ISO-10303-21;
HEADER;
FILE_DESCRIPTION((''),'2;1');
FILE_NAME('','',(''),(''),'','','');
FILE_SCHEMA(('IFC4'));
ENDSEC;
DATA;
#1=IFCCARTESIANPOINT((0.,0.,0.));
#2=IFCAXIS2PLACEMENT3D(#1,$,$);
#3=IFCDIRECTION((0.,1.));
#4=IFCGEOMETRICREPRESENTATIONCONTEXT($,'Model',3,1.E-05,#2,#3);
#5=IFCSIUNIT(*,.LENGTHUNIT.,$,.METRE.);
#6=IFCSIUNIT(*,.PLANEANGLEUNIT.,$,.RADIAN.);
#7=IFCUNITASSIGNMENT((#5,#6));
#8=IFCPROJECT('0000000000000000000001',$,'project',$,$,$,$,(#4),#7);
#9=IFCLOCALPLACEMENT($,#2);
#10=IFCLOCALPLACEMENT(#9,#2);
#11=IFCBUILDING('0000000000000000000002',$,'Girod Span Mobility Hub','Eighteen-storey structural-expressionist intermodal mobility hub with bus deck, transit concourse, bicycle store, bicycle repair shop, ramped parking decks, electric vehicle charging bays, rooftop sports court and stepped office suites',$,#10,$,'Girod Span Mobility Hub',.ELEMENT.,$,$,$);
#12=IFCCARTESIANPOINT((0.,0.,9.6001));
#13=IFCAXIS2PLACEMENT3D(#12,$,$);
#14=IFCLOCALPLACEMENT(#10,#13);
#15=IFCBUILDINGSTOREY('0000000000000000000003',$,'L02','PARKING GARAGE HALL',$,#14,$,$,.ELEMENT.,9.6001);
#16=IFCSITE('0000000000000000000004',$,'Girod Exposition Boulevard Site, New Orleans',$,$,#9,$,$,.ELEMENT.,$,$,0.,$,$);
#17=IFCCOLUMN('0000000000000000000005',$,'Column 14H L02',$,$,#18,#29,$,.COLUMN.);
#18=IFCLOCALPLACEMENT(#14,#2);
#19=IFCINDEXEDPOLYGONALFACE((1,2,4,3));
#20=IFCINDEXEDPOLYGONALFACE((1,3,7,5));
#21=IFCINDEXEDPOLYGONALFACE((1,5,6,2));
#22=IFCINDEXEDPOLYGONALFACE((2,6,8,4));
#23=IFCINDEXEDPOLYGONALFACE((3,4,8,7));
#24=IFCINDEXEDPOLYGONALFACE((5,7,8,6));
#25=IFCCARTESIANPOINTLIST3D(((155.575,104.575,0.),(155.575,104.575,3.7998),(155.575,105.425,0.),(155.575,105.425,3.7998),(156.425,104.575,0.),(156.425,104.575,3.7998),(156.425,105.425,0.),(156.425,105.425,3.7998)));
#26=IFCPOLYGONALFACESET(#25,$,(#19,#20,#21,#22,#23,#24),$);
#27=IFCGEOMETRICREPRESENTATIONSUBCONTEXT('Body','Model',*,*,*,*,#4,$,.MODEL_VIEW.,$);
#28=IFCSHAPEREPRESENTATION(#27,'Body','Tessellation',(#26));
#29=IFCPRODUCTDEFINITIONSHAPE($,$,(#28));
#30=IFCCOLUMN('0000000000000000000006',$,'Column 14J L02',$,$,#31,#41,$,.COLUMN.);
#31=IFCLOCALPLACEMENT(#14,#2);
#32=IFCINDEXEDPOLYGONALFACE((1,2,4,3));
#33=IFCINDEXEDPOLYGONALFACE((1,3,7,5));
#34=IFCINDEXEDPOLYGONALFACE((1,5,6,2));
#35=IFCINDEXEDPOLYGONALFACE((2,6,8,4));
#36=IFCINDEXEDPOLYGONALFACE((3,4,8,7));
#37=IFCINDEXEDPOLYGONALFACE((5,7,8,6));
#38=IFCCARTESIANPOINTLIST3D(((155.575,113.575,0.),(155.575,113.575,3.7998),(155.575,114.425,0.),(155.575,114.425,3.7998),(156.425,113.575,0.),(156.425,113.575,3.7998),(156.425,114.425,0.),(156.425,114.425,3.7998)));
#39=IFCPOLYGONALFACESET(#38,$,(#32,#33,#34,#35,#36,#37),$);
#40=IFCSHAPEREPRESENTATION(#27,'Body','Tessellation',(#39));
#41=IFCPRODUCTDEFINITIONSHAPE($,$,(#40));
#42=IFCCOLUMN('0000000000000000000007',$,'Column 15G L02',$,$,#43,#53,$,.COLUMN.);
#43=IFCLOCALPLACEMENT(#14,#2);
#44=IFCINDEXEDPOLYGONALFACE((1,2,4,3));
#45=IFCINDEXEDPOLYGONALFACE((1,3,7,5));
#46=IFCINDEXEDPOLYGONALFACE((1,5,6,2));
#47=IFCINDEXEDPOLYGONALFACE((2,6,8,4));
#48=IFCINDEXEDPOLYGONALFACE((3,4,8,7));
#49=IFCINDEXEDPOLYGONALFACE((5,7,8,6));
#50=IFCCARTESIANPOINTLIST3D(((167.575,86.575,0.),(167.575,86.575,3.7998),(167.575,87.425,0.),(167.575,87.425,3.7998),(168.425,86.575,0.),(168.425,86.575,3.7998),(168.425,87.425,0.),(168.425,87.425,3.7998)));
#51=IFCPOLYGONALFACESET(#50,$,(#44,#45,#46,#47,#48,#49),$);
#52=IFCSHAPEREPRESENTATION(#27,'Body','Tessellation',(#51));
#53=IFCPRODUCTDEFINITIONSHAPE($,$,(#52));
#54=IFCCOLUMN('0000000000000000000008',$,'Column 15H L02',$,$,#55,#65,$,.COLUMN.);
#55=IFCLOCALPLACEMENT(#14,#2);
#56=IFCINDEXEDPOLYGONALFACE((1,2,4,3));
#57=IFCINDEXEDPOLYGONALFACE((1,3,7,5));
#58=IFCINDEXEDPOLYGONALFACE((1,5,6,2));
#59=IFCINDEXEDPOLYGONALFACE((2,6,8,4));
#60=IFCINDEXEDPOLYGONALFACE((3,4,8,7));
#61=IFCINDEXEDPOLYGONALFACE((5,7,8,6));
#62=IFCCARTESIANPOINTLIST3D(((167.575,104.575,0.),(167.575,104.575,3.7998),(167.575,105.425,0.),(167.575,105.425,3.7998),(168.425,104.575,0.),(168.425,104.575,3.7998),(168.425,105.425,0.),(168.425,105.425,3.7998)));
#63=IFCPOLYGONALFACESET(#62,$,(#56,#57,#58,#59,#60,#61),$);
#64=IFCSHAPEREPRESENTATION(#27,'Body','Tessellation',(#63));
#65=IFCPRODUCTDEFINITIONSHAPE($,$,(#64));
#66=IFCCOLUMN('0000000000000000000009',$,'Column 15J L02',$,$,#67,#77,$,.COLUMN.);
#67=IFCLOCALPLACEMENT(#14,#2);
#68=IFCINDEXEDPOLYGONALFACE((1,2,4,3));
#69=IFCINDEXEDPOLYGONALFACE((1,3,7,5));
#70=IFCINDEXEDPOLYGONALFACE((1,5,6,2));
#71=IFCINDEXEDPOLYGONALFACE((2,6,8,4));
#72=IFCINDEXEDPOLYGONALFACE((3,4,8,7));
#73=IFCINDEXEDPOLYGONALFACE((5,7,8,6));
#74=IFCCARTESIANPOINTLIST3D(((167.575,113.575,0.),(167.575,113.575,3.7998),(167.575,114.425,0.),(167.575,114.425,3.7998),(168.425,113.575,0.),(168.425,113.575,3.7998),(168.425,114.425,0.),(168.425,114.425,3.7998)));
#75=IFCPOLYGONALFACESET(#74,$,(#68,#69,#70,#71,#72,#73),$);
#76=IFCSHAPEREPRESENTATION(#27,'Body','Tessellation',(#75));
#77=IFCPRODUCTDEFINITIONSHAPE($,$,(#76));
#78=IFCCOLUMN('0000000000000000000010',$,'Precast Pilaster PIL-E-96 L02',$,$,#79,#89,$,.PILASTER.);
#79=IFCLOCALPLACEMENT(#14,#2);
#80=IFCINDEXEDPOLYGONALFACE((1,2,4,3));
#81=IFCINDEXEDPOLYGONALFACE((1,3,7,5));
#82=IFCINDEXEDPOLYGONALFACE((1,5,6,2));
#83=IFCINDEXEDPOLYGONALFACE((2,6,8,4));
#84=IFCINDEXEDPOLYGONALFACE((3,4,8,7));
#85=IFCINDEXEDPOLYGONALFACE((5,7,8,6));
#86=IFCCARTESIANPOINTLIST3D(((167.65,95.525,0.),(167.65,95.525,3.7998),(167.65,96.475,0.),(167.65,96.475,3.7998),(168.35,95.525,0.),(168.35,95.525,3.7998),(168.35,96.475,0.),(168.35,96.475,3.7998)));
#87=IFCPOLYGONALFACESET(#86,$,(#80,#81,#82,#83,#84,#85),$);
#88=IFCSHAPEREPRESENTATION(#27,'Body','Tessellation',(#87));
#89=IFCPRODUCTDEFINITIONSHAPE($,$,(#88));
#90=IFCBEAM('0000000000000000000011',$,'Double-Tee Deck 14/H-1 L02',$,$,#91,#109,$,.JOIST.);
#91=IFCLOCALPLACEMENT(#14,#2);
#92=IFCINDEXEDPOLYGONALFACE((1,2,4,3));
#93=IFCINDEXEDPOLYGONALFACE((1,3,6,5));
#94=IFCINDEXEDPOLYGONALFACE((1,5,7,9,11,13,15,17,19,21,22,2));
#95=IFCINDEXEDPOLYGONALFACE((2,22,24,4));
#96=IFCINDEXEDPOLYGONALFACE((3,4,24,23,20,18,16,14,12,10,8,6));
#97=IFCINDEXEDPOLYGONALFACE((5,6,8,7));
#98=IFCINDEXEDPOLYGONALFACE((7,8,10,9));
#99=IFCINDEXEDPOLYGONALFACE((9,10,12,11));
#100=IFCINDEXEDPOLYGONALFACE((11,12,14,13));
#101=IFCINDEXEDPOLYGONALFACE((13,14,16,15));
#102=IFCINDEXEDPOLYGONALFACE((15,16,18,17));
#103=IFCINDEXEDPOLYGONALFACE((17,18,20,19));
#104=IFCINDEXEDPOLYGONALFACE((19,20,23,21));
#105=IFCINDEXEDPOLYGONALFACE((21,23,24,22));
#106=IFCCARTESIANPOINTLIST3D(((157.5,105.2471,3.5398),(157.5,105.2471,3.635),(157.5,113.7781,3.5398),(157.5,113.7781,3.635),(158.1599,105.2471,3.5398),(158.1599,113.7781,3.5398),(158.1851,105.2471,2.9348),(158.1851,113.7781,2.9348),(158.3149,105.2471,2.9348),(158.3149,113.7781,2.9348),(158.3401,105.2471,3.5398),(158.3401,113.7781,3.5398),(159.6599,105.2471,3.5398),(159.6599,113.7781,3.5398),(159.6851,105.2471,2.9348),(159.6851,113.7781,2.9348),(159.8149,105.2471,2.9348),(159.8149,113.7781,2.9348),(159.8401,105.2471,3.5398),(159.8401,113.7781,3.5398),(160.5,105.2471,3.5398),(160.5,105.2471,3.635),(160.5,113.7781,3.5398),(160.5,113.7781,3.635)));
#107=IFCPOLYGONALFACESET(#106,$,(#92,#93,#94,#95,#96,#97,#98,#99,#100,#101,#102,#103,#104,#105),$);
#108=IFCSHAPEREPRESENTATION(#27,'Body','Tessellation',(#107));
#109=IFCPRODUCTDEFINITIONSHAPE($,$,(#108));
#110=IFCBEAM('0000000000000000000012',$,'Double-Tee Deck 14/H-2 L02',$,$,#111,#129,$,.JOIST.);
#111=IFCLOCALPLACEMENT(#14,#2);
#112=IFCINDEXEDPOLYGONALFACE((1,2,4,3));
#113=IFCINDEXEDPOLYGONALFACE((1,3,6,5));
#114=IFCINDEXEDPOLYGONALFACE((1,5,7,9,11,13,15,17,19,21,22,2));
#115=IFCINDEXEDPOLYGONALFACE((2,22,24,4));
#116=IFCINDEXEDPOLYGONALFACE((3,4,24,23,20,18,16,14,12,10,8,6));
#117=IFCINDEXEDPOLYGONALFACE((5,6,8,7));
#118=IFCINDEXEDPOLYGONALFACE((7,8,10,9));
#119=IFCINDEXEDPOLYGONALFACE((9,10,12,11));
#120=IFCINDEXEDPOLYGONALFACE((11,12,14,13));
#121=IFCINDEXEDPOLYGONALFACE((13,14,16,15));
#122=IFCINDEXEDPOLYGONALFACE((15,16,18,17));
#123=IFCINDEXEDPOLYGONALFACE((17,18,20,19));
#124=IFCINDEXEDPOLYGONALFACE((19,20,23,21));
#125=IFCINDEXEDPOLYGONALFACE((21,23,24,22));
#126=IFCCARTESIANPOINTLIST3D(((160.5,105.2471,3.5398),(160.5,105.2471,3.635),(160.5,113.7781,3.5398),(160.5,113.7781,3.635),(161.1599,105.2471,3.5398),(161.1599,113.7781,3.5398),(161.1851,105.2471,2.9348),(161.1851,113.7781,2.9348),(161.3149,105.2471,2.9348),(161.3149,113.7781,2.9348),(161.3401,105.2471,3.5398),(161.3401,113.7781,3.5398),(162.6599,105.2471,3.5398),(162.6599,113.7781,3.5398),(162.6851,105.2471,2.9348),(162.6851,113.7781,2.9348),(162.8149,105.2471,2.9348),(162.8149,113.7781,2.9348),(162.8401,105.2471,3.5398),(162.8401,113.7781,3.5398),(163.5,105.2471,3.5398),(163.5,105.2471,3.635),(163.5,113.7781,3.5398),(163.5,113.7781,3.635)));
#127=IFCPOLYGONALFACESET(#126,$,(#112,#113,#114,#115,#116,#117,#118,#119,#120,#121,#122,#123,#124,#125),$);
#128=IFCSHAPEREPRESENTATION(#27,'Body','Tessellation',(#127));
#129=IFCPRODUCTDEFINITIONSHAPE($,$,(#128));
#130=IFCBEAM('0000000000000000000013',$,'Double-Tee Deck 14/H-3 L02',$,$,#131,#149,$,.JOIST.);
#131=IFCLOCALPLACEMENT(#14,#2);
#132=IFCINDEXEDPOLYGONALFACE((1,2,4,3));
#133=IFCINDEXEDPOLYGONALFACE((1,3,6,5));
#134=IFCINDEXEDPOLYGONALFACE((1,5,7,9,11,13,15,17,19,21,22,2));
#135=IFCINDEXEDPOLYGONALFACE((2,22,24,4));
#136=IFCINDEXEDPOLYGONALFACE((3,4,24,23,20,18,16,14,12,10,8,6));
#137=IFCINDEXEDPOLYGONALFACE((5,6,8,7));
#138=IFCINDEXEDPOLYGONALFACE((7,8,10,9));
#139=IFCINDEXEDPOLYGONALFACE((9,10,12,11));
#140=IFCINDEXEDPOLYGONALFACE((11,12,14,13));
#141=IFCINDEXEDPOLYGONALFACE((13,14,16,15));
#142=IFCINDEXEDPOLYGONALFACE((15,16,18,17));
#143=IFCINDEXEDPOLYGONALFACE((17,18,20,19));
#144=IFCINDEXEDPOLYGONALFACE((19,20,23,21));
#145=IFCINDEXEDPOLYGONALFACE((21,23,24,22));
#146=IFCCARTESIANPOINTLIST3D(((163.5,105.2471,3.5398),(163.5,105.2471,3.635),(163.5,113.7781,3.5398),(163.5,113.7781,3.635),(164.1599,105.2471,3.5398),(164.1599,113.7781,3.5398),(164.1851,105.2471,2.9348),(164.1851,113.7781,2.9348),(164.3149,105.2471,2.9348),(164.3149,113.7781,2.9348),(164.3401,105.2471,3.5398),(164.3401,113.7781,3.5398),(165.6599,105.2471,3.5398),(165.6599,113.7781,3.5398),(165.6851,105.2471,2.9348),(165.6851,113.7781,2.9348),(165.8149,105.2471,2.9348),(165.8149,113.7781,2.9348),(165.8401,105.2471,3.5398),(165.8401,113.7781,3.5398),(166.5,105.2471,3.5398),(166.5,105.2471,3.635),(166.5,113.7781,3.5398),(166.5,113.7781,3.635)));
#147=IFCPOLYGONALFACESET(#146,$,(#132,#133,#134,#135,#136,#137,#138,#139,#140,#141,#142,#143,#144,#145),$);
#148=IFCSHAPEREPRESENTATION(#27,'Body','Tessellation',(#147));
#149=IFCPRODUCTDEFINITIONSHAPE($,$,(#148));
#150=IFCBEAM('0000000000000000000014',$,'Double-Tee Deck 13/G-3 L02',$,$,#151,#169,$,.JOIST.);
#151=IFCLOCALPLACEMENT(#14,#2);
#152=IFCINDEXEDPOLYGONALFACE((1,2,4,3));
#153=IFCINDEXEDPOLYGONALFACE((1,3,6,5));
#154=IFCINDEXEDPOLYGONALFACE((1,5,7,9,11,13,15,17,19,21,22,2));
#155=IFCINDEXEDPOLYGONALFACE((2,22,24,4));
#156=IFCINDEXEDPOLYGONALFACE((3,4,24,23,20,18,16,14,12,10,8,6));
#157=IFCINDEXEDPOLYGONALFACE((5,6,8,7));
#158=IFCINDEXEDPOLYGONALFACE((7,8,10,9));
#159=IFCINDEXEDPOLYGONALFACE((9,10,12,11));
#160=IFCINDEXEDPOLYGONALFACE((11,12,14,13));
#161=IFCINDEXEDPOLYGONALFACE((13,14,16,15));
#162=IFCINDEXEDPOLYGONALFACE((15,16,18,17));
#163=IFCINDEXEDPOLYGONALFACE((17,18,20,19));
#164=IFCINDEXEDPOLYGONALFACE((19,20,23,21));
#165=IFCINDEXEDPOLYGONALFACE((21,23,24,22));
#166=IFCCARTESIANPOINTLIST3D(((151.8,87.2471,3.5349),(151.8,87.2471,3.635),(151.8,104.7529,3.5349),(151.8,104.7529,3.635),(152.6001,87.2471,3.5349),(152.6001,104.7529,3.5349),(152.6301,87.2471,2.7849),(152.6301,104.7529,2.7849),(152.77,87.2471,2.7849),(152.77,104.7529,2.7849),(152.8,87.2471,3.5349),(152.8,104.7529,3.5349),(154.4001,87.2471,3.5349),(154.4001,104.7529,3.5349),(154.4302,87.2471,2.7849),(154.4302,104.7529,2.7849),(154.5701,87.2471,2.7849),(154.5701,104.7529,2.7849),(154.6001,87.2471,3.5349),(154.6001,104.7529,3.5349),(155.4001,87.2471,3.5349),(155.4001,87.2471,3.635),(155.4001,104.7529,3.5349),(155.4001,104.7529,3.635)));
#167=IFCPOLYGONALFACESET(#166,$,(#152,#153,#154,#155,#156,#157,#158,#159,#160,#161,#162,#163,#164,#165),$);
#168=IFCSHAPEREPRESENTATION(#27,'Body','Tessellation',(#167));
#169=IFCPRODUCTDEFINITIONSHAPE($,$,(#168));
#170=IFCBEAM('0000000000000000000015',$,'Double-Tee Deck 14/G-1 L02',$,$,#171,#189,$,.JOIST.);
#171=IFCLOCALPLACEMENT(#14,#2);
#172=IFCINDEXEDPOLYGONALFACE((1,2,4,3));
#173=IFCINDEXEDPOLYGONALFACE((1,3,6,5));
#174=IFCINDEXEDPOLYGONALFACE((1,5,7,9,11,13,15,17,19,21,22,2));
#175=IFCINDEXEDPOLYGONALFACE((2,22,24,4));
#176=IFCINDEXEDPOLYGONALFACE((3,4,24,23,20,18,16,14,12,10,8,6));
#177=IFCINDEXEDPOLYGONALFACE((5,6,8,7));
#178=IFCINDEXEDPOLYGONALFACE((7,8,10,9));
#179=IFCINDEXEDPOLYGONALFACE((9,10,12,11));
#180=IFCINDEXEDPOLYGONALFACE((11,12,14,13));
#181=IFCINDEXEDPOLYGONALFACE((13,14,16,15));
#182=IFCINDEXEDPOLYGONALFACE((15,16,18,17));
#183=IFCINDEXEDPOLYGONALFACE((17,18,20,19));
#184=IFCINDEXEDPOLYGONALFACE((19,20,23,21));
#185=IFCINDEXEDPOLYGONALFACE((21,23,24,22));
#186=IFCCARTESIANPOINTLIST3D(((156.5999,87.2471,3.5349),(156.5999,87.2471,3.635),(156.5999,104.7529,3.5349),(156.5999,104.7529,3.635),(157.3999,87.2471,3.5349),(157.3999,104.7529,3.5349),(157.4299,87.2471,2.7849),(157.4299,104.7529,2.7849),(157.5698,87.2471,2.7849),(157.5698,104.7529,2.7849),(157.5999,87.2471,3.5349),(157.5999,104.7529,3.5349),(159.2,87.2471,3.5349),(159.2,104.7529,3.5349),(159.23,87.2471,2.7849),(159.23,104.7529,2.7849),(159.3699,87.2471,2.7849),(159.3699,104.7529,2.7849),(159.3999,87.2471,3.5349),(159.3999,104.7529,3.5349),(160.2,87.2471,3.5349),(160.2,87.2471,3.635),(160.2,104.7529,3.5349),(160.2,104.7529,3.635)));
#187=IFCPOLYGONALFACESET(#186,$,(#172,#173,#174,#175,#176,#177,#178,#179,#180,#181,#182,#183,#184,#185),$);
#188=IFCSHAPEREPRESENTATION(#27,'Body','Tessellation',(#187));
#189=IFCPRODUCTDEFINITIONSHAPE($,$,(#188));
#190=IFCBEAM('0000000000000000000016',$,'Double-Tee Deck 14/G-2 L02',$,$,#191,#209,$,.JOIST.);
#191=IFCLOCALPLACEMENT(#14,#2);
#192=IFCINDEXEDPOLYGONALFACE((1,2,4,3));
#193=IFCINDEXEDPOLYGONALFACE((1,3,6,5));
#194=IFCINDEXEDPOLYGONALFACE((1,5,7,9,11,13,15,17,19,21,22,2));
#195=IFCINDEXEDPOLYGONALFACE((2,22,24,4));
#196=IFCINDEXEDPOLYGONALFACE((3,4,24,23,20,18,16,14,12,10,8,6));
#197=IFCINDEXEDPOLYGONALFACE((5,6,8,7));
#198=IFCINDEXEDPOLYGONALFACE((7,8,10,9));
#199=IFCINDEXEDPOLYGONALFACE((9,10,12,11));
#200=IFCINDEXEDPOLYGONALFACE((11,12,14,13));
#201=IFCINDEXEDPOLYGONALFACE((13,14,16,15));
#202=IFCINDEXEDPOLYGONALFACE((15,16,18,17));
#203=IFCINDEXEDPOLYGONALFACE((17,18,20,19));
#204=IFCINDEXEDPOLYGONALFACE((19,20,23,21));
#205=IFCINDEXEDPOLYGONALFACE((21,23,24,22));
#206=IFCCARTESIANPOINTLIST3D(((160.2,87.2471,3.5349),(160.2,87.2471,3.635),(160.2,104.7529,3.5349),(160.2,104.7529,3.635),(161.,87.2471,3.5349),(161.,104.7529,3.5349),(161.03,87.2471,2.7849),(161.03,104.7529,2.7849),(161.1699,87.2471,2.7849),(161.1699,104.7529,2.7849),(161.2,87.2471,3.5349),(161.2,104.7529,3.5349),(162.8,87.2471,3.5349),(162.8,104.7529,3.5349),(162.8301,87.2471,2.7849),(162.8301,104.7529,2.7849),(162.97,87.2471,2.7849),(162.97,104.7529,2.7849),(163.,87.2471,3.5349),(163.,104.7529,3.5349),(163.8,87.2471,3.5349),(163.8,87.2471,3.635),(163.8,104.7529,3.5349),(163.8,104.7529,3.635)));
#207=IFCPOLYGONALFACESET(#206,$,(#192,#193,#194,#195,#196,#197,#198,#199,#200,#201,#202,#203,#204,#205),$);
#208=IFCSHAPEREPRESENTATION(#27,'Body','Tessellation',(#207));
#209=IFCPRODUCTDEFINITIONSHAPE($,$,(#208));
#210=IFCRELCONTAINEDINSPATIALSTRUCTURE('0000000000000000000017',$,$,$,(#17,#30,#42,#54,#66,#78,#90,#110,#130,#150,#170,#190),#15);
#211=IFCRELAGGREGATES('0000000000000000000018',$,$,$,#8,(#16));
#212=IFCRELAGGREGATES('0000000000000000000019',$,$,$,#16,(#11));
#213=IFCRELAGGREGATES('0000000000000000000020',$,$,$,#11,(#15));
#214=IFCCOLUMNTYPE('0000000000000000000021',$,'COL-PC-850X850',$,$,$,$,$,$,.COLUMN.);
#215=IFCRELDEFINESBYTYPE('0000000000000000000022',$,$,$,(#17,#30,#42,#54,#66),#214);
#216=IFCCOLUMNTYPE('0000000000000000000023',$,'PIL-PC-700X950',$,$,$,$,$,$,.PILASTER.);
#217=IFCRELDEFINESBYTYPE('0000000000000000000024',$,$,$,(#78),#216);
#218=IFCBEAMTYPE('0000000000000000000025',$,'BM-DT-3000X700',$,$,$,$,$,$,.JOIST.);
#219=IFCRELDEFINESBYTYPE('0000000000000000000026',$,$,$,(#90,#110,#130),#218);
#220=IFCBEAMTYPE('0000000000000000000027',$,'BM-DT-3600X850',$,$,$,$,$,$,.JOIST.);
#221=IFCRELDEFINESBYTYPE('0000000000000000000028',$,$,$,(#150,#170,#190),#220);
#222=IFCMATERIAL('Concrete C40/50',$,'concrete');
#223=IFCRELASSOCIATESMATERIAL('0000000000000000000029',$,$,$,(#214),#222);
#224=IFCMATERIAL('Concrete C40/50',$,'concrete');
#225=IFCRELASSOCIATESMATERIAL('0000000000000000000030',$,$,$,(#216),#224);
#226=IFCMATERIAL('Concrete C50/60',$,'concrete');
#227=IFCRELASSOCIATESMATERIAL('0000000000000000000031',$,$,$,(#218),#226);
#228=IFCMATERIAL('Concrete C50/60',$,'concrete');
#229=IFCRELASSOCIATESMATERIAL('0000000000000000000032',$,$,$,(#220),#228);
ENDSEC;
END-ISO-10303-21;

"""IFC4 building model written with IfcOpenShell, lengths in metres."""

from ifc_helpers import new_model, si_unit, direction, frame, origin, origin_2d, place, context, subcontext, project, spatial, polyline, rectangle, outline, extrude, material, material_profile, profile_set, type_object, element, save


model = new_model("IFC4")

# Units and contexts
model_context = context("Model", 3, precision=1e-05, world=origin(), true_north=direction((0.0, 1.0)))
body_context = subcontext(model_context, "Body", "Model", "MODEL_VIEW")
ifc_project = project(units=[si_unit("LENGTHUNIT", "METRE"), si_unit("PLANEANGLEUNIT", "RADIAN")], contexts=[model_context])

# Site, building, storey
site_placement = place(None, origin())
site = spatial("IfcSite", under=ifc_project, at=site_placement, Name="Girod Exposition Boulevard Site, New Orleans", CompositionType="ELEMENT", RefElevation=0.0)
building_placement = place(site_placement, origin())
building = spatial("IfcBuilding", under=site, at=building_placement, Name="Girod Span Mobility Hub", Description="Eighteen-storey structural-expressionist intermodal mobility hub with bus deck, transit concourse, bicycle store, bicycle repair shop, ramped parking decks, electric vehicle charging bays, rooftop sports court and stepped office suites", LongName="Girod Span Mobility Hub", CompositionType="ELEMENT")
storey_placement = place(building_placement, frame((0.0, 0.0, 9.6001)))
storey = spatial("IfcBuildingStorey", under=building, at=storey_placement, Name="L02", Description="PARKING GARAGE HALL", CompositionType="ELEMENT", Elevation=9.6001)

# Columns
ifc_material_1 = material(Name="Concrete C40/50", Category="concrete")
ifc_material_profile_1 = material_profile(ifc_material_1, rectangle(XDim=0.8501, YDim=0.8501, at=origin_2d()), Name="PC-COL-850X850")
ifc_profile_set_1 = profile_set([ifc_material_profile_1], Name="Concrete C40/50")
column_type_1 = type_object("IfcColumnType", Name="COL-PC-850X850", PredefinedType="COLUMN", material=ifc_profile_set_1)
for number, where, z_axis, x_axis, name in (
    (1, (156.0, 105.0, 0.0), (0.0, 0.0, 1.0), (1.0, 0.0, 0.0), "Column 14H L02"),
    (2, (156.0, 114.0, 0.0), (0.0, 0.0, 1.0), (1.0, 0.0, 0.0), "Column 14J L02"),
    (3, (168.0, 87.0, 0.0), (0.0, 0.0, 1.0), (1.0, 0.0, 0.0), "Column 15G L02"),
    (4, (168.0, 105.0, 0.0), (0.0, 0.0, 1.0), (1.0, 0.0, 0.0), "Column 15H L02"),
    (5, (168.0, 114.0, 0.0), (0.0, 0.0, 1.0), (1.0, 0.0, 0.0), "Column 15J L02"),
):
    element("IfcColumn", number, at=place(storey_placement, frame(where, z_axis=z_axis, x_axis=x_axis)), inside=storey, type_object=column_type_1, Name=name, PredefinedType="COLUMN", context=body_context, shape_type="SweptSolid", body=[
        extrude(rectangle(XDim=0.8501, YDim=0.8501, at=origin_2d()), origin(), (0.0, 0.0, 1.0), 3.7998),
    ])
ifc_material_2 = material(Name="Concrete C40/50", Category="concrete")
ifc_material_profile_2 = material_profile(ifc_material_2, rectangle(XDim=0.7, YDim=0.95, at=origin_2d()), Name="PC-PIL-700X950")
ifc_profile_set_2 = profile_set([ifc_material_profile_2], Name="Concrete C40/50")
column_type_2 = type_object("IfcColumnType", Name="PIL-PC-700X950", PredefinedType="PILASTER", material=ifc_profile_set_2)
column_placement = place(storey_placement, frame((168.0, 96.0, 0.0), z_axis=(0.0, 0.0, 1.0), x_axis=(1.0, 0.0, 0.0)))
element("IfcColumn", 6, at=column_placement, inside=storey, type_object=column_type_2, Name="Precast Pilaster PIL-E-96 L02", PredefinedType="PILASTER", context=body_context, shape_type="SweptSolid", body=[
    extrude(rectangle(XDim=0.7, YDim=0.95, at=origin_2d()), origin(), (0.0, 0.0, 1.0), 3.7998),
])

# Beams
ifc_material_3 = material(Name="Concrete C50/60", Category="concrete")
ifc_material_profile_3 = material_profile(ifc_material_3, outline(polyline([(-1.5, 0.3501), (-1.5, 0.2549), (-0.8401, 0.2549), (-0.8149, -0.3501), (-0.6851, -0.3501), (-0.6599, 0.2549), (0.6599, 0.2549), (0.6851, -0.3501), (0.8149, -0.3501), (0.8401, 0.2549), (1.5, 0.2549), (1.5, 0.3501), (-1.5, 0.3501)])), Name="DT-3000X700")
ifc_profile_set_3 = profile_set([ifc_material_profile_3], Name="Concrete C50/60")
beam_type_1 = type_object("IfcBeamType", Name="BM-DT-3000X700", PredefinedType="JOIST", material=ifc_profile_set_3)
for number, where, z_axis, x_axis, name in (
    (7, (159.0, 105.2471, 3.2849), (0.0, 1.0, 0.0), (-1.0, 0.0, 0.0), "Double-Tee Deck 14/H-1 L02"),
    (8, (162.0, 105.2471, 3.2849), (0.0, 1.0, 0.0), (-1.0, 0.0, 0.0), "Double-Tee Deck 14/H-2 L02"),
    (9, (165.0, 105.2471, 3.2849), (0.0, 1.0, 0.0), (-1.0, 0.0, 0.0), "Double-Tee Deck 14/H-3 L02"),
):
    element("IfcBeam", number, at=place(storey_placement, frame(where, z_axis=z_axis, x_axis=x_axis)), inside=storey, type_object=beam_type_1, Name=name, PredefinedType="JOIST", context=body_context, shape_type="SweptSolid", body=[
        extrude(outline(polyline([(-1.5, 0.3501), (-1.5, 0.2549), (-0.8401, 0.2549), (-0.8149, -0.3501), (-0.6851, -0.3501), (-0.6599, 0.2549), (0.6599, 0.2549), (0.6851, -0.3501), (0.8149, -0.3501), (0.8401, 0.2549), (1.5, 0.2549), (1.5, 0.3501), (-1.5, 0.3501)])), origin(), (0.0, 0.0, 1.0), 8.531),
    ])
ifc_material_4 = material(Name="Concrete C50/60", Category="concrete")
ifc_material_profile_4 = material_profile(ifc_material_4, outline(polyline([(-1.8, 0.425), (-1.8, 0.325), (-1.0, 0.325), (-0.97, -0.425), (-0.8301, -0.425), (-0.8, 0.325), (0.8, 0.325), (0.8301, -0.425), (0.97, -0.425), (1.0, 0.325), (1.8, 0.325), (1.8, 0.425), (-1.8, 0.425)])), Name="DT-3600X850")
ifc_profile_set_4 = profile_set([ifc_material_profile_4], Name="Concrete C50/60")
beam_type_2 = type_object("IfcBeamType", Name="BM-DT-3600X850", PredefinedType="JOIST", material=ifc_profile_set_4)
for number, where, z_axis, x_axis, name in (
    (10, (153.6001, 87.2471, 3.21), (0.0, 1.0, 0.0), (-1.0, 0.0, 0.0), "Double-Tee Deck 13/G-3 L02"),
    (11, (158.3999, 87.2471, 3.21), (0.0, 1.0, 0.0), (-1.0, 0.0, 0.0), "Double-Tee Deck 14/G-1 L02"),
    (12, (162.0, 87.2471, 3.21), (0.0, 1.0, 0.0), (-1.0, 0.0, 0.0), "Double-Tee Deck 14/G-2 L02"),
):
    element("IfcBeam", number, at=place(storey_placement, frame(where, z_axis=z_axis, x_axis=x_axis)), inside=storey, type_object=beam_type_2, Name=name, PredefinedType="JOIST", context=body_context, shape_type="SweptSolid", body=[
        extrude(outline(polyline([(-1.8, 0.425), (-1.8, 0.325), (-1.0, 0.325), (-0.97, -0.425), (-0.8301, -0.425), (-0.8, 0.325), (0.8, 0.325), (0.8301, -0.425), (0.97, -0.425), (1.0, 0.325), (1.8, 0.325), (1.8, 0.425), (-1.8, 0.425)])), origin(), (0.0, 0.0, 1.0), 17.5059),
    ])

save(model, "model.ifc")
